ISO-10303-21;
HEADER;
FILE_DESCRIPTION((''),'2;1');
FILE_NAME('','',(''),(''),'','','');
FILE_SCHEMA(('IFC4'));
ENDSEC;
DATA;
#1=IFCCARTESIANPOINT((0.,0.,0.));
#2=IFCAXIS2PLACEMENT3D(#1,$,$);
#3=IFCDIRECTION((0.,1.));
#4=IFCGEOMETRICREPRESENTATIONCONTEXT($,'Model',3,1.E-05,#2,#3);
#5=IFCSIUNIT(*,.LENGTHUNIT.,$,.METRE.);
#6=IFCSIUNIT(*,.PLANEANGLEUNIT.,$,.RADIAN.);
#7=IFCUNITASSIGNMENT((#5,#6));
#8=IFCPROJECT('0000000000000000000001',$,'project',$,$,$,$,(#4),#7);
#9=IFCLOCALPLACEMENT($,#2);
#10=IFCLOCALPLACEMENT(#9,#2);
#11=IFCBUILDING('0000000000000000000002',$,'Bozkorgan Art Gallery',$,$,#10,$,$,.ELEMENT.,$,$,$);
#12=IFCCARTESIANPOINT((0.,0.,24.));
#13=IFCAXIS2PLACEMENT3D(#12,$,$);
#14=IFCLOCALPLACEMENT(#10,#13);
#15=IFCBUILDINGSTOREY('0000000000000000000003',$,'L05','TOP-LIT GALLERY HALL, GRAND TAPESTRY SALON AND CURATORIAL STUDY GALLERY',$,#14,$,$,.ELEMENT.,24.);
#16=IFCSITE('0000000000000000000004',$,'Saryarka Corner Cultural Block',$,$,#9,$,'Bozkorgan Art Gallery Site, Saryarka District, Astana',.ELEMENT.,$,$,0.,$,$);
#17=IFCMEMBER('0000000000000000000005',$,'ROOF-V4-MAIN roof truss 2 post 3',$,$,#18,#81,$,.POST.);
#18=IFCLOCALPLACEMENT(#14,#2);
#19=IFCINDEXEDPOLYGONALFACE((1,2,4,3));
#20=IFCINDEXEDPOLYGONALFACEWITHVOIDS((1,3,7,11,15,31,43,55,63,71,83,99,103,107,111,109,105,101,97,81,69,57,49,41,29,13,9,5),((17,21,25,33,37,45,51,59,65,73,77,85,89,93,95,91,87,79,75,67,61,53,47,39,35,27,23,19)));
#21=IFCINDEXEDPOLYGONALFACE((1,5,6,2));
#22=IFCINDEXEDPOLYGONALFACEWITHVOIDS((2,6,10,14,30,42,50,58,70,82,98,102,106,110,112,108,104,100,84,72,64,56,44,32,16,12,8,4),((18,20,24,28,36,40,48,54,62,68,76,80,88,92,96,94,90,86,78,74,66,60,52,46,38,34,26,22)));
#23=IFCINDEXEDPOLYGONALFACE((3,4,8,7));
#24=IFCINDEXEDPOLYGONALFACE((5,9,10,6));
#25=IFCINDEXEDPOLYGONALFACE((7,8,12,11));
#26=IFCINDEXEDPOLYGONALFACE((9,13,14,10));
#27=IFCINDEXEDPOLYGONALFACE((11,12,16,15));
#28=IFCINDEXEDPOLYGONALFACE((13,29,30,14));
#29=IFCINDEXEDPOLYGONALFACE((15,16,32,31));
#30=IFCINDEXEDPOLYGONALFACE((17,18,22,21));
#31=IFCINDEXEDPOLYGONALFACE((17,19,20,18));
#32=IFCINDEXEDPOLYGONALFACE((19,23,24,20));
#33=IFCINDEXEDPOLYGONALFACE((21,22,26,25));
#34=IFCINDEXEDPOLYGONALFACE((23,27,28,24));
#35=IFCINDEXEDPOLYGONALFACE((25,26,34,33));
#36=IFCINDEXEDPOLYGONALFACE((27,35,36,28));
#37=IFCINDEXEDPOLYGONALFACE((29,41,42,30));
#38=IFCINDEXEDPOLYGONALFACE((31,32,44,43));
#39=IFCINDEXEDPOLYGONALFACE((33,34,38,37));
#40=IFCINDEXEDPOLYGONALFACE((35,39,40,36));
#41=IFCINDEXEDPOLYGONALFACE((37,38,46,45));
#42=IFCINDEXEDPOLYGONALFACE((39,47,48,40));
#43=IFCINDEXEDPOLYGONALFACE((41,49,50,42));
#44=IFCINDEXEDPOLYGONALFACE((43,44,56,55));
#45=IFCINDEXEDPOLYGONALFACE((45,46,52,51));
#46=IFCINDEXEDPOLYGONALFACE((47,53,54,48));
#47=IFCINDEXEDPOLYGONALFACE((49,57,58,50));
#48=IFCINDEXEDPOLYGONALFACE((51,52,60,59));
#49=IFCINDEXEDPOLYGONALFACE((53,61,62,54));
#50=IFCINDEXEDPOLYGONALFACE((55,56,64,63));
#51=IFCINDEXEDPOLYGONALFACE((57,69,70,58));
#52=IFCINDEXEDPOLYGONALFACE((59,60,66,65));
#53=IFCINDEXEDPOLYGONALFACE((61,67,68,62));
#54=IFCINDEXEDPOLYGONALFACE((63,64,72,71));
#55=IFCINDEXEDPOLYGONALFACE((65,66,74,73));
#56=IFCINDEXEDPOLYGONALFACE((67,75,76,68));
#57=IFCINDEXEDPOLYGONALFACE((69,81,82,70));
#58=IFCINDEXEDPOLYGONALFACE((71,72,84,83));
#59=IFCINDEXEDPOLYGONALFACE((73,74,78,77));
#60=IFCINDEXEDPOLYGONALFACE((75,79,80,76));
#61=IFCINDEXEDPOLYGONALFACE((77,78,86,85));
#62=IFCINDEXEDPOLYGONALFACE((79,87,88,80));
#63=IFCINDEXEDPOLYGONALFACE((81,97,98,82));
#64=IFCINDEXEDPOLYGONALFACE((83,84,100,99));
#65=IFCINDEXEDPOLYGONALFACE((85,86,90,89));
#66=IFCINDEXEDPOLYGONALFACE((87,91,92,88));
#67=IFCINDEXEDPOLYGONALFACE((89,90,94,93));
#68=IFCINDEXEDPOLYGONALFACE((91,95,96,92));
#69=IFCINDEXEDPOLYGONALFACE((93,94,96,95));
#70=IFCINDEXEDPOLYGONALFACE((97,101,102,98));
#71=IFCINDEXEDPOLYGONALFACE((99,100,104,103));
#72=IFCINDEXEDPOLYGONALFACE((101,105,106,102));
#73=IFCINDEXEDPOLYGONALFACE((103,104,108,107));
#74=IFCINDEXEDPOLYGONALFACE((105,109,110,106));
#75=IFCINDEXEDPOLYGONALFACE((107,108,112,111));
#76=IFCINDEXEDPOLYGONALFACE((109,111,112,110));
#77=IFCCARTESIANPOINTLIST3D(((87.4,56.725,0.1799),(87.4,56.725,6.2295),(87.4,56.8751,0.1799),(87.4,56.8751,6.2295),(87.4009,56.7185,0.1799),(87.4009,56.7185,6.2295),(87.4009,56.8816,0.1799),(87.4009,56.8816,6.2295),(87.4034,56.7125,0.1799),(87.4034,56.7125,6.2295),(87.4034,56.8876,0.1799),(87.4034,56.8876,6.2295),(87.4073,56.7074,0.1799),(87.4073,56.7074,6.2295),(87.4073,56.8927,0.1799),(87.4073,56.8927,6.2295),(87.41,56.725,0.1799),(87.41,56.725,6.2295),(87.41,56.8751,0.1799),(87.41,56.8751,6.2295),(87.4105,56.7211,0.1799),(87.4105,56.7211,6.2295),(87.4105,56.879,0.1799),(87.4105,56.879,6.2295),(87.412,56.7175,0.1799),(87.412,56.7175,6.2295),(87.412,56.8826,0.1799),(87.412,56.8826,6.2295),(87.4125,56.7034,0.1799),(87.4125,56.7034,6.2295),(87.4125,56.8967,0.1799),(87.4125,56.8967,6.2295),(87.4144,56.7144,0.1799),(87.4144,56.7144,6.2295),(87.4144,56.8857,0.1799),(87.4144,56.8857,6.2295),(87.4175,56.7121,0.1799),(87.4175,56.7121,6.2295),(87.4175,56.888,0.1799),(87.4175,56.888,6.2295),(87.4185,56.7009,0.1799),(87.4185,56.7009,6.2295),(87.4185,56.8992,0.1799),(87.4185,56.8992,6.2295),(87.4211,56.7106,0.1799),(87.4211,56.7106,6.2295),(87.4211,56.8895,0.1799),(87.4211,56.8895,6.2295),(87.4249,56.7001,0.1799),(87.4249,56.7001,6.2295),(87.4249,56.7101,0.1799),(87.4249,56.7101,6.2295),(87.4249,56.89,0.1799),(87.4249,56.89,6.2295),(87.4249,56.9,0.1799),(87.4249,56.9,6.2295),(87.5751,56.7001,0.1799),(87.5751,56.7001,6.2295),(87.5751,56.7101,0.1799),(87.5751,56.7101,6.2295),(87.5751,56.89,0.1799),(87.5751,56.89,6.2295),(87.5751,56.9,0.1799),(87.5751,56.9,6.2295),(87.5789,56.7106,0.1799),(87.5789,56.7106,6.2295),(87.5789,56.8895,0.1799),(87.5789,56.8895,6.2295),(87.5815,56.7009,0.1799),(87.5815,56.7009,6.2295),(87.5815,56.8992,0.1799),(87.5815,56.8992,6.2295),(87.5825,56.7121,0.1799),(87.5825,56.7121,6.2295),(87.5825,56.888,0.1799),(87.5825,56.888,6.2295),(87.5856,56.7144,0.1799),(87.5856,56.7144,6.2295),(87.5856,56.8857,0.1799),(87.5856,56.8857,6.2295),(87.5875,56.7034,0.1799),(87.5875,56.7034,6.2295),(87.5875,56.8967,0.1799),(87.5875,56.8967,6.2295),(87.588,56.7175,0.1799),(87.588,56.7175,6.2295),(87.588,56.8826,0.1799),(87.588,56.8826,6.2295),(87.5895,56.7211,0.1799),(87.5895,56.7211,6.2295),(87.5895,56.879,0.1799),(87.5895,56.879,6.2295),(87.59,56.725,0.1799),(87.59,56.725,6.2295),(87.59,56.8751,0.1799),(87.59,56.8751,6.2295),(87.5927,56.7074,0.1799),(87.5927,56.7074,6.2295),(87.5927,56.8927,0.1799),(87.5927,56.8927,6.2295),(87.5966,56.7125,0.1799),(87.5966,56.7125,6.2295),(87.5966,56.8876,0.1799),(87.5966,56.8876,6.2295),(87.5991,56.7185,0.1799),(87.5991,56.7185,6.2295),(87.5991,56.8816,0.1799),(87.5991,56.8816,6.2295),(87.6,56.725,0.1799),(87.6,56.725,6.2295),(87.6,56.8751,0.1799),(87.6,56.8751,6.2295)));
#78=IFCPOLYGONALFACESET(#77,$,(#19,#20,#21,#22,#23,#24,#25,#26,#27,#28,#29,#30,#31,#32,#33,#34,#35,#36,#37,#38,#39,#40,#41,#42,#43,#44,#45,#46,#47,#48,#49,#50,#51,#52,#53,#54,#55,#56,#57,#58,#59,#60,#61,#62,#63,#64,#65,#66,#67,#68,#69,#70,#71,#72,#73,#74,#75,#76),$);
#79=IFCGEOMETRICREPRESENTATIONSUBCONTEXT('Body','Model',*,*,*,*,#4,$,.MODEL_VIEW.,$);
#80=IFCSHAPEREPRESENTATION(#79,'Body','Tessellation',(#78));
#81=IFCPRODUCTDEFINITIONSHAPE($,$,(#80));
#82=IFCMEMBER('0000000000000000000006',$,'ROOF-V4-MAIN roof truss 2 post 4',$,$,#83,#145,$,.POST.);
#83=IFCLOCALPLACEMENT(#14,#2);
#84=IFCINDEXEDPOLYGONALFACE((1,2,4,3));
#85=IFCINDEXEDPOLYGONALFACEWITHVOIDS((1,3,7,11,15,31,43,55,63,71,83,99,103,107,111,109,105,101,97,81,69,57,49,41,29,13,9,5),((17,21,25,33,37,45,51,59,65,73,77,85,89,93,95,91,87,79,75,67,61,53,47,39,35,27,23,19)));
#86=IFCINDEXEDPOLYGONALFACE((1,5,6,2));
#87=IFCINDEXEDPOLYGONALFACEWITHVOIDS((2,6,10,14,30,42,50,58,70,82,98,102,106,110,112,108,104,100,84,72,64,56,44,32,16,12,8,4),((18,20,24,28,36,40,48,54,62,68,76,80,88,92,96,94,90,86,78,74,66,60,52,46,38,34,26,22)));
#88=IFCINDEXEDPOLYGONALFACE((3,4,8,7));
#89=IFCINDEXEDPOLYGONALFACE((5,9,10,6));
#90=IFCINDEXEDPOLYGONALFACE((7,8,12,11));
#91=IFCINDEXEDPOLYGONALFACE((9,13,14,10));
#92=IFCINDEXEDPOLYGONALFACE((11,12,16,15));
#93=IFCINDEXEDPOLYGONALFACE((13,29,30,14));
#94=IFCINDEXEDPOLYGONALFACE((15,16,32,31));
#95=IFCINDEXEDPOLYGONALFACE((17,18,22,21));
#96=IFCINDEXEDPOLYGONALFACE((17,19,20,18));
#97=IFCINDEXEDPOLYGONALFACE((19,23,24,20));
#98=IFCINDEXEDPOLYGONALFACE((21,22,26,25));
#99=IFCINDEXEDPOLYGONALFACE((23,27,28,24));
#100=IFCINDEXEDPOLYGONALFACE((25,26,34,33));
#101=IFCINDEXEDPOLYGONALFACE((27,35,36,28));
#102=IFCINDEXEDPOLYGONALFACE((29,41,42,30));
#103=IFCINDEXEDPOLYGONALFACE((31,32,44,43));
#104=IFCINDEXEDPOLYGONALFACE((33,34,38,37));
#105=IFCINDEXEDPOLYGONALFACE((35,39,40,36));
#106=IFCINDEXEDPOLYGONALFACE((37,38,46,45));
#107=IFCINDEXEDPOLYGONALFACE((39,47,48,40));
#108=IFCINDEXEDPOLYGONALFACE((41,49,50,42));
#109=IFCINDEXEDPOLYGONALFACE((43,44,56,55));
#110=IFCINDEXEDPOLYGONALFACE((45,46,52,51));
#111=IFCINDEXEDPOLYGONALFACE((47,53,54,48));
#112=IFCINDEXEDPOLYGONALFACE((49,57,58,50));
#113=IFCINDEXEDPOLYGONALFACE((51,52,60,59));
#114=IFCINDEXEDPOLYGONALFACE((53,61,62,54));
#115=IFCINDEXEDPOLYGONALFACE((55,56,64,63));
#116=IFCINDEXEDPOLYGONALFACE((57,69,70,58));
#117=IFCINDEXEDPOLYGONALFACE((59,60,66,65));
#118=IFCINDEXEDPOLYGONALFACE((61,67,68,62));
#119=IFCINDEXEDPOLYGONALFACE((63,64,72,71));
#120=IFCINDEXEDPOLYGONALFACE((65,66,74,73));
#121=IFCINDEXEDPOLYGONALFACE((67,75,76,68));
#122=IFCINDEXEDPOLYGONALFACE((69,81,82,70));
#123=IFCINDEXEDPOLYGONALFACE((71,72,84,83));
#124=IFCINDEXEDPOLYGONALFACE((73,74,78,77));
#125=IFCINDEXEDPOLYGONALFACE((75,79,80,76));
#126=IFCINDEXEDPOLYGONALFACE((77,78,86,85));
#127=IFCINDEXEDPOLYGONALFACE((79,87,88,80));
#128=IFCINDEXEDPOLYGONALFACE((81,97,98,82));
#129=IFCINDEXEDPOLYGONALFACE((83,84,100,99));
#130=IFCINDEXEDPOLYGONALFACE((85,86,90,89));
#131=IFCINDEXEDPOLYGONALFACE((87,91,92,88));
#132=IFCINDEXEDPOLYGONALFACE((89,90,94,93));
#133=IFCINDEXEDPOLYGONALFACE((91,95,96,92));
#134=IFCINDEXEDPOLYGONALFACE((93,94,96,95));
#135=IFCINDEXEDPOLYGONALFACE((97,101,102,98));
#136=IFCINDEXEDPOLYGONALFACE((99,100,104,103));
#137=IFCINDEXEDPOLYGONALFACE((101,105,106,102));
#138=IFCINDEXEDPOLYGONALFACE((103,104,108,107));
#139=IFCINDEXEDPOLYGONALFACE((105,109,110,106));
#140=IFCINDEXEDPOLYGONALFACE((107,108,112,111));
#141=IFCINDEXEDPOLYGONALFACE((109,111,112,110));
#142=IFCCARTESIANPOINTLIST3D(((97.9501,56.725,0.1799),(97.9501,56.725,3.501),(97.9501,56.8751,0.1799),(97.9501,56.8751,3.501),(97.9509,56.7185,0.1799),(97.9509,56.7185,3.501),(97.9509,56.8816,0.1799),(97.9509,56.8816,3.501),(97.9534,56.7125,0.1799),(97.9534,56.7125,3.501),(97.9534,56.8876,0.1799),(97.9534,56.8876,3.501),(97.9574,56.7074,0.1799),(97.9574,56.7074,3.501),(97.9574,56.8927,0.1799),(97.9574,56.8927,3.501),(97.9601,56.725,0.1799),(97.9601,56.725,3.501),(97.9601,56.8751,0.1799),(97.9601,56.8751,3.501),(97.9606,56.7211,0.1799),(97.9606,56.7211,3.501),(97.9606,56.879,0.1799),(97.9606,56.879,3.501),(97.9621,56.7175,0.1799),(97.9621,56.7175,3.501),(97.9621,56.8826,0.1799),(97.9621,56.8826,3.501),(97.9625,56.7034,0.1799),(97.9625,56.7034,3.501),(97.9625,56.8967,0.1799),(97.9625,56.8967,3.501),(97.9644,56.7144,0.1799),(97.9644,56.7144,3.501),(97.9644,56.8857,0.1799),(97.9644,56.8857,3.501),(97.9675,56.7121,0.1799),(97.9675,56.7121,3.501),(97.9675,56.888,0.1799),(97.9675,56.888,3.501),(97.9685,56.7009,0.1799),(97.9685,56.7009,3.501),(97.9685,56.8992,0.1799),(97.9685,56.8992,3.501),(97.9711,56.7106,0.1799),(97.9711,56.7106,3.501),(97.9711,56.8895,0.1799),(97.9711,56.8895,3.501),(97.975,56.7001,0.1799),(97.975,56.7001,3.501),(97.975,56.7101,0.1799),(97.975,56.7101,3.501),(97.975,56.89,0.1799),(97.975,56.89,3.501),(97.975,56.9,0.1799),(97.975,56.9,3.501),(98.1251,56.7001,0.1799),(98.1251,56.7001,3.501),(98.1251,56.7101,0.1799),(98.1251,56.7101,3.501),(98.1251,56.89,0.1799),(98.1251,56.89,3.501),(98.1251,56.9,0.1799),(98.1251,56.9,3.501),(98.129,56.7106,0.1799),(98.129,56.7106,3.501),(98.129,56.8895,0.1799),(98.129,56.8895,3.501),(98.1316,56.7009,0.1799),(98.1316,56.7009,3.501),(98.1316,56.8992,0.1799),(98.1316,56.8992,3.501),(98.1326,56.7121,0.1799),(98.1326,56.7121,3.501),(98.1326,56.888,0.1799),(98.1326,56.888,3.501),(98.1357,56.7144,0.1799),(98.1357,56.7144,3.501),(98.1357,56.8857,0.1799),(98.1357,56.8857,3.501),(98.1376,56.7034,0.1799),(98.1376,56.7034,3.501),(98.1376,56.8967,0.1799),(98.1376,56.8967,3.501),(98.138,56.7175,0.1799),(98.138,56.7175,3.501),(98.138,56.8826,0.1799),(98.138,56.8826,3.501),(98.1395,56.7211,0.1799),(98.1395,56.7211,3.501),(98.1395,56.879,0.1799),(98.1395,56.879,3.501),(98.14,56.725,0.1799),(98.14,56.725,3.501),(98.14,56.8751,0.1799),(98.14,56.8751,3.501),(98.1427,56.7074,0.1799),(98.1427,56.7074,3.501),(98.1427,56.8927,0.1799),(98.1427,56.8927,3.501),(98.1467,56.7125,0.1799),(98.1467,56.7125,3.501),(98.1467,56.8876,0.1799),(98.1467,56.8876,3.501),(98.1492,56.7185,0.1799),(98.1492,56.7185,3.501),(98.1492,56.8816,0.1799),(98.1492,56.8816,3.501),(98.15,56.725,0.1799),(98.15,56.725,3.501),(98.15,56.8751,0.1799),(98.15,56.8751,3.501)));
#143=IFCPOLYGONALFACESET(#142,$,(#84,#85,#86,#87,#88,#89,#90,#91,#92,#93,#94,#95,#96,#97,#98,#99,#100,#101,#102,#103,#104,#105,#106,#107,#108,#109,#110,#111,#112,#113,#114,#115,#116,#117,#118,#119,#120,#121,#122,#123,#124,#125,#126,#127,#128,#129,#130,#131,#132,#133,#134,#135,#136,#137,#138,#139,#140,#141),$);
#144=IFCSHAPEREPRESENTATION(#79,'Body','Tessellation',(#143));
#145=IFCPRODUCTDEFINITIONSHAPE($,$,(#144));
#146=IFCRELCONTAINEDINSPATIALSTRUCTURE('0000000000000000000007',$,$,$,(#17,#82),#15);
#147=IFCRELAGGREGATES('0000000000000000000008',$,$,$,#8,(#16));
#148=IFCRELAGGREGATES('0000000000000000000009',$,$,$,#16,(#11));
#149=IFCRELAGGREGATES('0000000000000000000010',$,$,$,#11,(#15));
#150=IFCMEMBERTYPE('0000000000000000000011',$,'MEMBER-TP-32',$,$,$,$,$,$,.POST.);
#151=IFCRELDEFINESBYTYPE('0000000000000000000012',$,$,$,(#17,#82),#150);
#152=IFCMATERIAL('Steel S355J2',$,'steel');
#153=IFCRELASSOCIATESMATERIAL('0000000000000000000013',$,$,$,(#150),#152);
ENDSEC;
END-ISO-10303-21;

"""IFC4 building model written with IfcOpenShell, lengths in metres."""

from ifc_helpers import new_model, si_unit, direction, frame, origin, origin_2d, place, context, subcontext, project, spatial, hollow_rectangle, extrude, material, material_profile, profile_set, type_object, element, save


model = new_model("IFC4")

# Units and contexts
model_context = context("Model", 3, precision=1e-05, world=origin(), true_north=direction((0.0, 1.0)))
body_context = subcontext(model_context, "Body", "Model", "MODEL_VIEW")
ifc_project = project(units=[si_unit("LENGTHUNIT", "METRE"), si_unit("PLANEANGLEUNIT", "RADIAN")], contexts=[model_context])

# Site, building, storey
site_placement = place(None, origin())
site = spatial("IfcSite", under=ifc_project, at=site_placement, Name="Saryarka Corner Cultural Block", LongName="Bozkorgan Art Gallery Site, Saryarka District, Astana", CompositionType="ELEMENT", RefElevation=0.0)
building_placement = place(site_placement, origin())
building = spatial("IfcBuilding", under=site, at=building_placement, Name="Bozkorgan Art Gallery", CompositionType="ELEMENT")
storey_placement = place(building_placement, frame((0.0, 0.0, 24.0)))
storey = spatial("IfcBuildingStorey", under=building, at=storey_placement, Name="L05", Description="TOP-LIT GALLERY HALL, GRAND TAPESTRY SALON AND CURATORIAL STUDY GALLERY", CompositionType="ELEMENT", Elevation=24.0)

# Members
ifc_material_1 = material(Name="Steel S355J2", Category="steel")
ifc_material_profile_1 = material_profile(ifc_material_1, hollow_rectangle(XDim=0.2, YDim=0.2, WallThickness=0.01, InnerFilletRadius=0.0149, OuterFilletRadius=0.0249, at=origin_2d()), Name="SHS 200x200x10")
ifc_profile_set_1 = profile_set([ifc_material_profile_1], Name="Steel S355J2")
member_type_1 = type_object("IfcMemberType", Name="MEMBER-TP-32", PredefinedType="POST", material=ifc_profile_set_1)
member_1_placement = place(storey_placement, frame((87.5, 56.8, 0.1799), z_axis=(0.0, 0.0, 1.0), x_axis=(1.0, 0.0, 0.0)))
element("IfcMember", 1, at=member_1_placement, inside=storey, type_object=member_type_1, Name="ROOF-V4-MAIN roof truss 2 post 3", PredefinedType="POST", context=body_context, shape_type="SweptSolid", body=[
    extrude(hollow_rectangle(XDim=0.2, YDim=0.2, WallThickness=0.01, InnerFilletRadius=0.0149, OuterFilletRadius=0.0249, at=origin_2d()), origin(), (0.0, 0.0, 1.0), 6.0496),
])
member_2_placement = place(storey_placement, frame((98.05, 56.8, 0.1799), z_axis=(0.0, 0.0, 1.0), x_axis=(1.0, 0.0, 0.0)))
element("IfcMember", 2, at=member_2_placement, inside=storey, type_object=member_type_1, Name="ROOF-V4-MAIN roof truss 2 post 4", PredefinedType="POST", context=body_context, shape_type="SweptSolid", body=[
    extrude(hollow_rectangle(XDim=0.2, YDim=0.2, WallThickness=0.01, InnerFilletRadius=0.0149, OuterFilletRadius=0.0249, at=origin_2d()), origin(), (0.0, 0.0, 1.0), 3.321),
])

save(model, "model.ifc")
